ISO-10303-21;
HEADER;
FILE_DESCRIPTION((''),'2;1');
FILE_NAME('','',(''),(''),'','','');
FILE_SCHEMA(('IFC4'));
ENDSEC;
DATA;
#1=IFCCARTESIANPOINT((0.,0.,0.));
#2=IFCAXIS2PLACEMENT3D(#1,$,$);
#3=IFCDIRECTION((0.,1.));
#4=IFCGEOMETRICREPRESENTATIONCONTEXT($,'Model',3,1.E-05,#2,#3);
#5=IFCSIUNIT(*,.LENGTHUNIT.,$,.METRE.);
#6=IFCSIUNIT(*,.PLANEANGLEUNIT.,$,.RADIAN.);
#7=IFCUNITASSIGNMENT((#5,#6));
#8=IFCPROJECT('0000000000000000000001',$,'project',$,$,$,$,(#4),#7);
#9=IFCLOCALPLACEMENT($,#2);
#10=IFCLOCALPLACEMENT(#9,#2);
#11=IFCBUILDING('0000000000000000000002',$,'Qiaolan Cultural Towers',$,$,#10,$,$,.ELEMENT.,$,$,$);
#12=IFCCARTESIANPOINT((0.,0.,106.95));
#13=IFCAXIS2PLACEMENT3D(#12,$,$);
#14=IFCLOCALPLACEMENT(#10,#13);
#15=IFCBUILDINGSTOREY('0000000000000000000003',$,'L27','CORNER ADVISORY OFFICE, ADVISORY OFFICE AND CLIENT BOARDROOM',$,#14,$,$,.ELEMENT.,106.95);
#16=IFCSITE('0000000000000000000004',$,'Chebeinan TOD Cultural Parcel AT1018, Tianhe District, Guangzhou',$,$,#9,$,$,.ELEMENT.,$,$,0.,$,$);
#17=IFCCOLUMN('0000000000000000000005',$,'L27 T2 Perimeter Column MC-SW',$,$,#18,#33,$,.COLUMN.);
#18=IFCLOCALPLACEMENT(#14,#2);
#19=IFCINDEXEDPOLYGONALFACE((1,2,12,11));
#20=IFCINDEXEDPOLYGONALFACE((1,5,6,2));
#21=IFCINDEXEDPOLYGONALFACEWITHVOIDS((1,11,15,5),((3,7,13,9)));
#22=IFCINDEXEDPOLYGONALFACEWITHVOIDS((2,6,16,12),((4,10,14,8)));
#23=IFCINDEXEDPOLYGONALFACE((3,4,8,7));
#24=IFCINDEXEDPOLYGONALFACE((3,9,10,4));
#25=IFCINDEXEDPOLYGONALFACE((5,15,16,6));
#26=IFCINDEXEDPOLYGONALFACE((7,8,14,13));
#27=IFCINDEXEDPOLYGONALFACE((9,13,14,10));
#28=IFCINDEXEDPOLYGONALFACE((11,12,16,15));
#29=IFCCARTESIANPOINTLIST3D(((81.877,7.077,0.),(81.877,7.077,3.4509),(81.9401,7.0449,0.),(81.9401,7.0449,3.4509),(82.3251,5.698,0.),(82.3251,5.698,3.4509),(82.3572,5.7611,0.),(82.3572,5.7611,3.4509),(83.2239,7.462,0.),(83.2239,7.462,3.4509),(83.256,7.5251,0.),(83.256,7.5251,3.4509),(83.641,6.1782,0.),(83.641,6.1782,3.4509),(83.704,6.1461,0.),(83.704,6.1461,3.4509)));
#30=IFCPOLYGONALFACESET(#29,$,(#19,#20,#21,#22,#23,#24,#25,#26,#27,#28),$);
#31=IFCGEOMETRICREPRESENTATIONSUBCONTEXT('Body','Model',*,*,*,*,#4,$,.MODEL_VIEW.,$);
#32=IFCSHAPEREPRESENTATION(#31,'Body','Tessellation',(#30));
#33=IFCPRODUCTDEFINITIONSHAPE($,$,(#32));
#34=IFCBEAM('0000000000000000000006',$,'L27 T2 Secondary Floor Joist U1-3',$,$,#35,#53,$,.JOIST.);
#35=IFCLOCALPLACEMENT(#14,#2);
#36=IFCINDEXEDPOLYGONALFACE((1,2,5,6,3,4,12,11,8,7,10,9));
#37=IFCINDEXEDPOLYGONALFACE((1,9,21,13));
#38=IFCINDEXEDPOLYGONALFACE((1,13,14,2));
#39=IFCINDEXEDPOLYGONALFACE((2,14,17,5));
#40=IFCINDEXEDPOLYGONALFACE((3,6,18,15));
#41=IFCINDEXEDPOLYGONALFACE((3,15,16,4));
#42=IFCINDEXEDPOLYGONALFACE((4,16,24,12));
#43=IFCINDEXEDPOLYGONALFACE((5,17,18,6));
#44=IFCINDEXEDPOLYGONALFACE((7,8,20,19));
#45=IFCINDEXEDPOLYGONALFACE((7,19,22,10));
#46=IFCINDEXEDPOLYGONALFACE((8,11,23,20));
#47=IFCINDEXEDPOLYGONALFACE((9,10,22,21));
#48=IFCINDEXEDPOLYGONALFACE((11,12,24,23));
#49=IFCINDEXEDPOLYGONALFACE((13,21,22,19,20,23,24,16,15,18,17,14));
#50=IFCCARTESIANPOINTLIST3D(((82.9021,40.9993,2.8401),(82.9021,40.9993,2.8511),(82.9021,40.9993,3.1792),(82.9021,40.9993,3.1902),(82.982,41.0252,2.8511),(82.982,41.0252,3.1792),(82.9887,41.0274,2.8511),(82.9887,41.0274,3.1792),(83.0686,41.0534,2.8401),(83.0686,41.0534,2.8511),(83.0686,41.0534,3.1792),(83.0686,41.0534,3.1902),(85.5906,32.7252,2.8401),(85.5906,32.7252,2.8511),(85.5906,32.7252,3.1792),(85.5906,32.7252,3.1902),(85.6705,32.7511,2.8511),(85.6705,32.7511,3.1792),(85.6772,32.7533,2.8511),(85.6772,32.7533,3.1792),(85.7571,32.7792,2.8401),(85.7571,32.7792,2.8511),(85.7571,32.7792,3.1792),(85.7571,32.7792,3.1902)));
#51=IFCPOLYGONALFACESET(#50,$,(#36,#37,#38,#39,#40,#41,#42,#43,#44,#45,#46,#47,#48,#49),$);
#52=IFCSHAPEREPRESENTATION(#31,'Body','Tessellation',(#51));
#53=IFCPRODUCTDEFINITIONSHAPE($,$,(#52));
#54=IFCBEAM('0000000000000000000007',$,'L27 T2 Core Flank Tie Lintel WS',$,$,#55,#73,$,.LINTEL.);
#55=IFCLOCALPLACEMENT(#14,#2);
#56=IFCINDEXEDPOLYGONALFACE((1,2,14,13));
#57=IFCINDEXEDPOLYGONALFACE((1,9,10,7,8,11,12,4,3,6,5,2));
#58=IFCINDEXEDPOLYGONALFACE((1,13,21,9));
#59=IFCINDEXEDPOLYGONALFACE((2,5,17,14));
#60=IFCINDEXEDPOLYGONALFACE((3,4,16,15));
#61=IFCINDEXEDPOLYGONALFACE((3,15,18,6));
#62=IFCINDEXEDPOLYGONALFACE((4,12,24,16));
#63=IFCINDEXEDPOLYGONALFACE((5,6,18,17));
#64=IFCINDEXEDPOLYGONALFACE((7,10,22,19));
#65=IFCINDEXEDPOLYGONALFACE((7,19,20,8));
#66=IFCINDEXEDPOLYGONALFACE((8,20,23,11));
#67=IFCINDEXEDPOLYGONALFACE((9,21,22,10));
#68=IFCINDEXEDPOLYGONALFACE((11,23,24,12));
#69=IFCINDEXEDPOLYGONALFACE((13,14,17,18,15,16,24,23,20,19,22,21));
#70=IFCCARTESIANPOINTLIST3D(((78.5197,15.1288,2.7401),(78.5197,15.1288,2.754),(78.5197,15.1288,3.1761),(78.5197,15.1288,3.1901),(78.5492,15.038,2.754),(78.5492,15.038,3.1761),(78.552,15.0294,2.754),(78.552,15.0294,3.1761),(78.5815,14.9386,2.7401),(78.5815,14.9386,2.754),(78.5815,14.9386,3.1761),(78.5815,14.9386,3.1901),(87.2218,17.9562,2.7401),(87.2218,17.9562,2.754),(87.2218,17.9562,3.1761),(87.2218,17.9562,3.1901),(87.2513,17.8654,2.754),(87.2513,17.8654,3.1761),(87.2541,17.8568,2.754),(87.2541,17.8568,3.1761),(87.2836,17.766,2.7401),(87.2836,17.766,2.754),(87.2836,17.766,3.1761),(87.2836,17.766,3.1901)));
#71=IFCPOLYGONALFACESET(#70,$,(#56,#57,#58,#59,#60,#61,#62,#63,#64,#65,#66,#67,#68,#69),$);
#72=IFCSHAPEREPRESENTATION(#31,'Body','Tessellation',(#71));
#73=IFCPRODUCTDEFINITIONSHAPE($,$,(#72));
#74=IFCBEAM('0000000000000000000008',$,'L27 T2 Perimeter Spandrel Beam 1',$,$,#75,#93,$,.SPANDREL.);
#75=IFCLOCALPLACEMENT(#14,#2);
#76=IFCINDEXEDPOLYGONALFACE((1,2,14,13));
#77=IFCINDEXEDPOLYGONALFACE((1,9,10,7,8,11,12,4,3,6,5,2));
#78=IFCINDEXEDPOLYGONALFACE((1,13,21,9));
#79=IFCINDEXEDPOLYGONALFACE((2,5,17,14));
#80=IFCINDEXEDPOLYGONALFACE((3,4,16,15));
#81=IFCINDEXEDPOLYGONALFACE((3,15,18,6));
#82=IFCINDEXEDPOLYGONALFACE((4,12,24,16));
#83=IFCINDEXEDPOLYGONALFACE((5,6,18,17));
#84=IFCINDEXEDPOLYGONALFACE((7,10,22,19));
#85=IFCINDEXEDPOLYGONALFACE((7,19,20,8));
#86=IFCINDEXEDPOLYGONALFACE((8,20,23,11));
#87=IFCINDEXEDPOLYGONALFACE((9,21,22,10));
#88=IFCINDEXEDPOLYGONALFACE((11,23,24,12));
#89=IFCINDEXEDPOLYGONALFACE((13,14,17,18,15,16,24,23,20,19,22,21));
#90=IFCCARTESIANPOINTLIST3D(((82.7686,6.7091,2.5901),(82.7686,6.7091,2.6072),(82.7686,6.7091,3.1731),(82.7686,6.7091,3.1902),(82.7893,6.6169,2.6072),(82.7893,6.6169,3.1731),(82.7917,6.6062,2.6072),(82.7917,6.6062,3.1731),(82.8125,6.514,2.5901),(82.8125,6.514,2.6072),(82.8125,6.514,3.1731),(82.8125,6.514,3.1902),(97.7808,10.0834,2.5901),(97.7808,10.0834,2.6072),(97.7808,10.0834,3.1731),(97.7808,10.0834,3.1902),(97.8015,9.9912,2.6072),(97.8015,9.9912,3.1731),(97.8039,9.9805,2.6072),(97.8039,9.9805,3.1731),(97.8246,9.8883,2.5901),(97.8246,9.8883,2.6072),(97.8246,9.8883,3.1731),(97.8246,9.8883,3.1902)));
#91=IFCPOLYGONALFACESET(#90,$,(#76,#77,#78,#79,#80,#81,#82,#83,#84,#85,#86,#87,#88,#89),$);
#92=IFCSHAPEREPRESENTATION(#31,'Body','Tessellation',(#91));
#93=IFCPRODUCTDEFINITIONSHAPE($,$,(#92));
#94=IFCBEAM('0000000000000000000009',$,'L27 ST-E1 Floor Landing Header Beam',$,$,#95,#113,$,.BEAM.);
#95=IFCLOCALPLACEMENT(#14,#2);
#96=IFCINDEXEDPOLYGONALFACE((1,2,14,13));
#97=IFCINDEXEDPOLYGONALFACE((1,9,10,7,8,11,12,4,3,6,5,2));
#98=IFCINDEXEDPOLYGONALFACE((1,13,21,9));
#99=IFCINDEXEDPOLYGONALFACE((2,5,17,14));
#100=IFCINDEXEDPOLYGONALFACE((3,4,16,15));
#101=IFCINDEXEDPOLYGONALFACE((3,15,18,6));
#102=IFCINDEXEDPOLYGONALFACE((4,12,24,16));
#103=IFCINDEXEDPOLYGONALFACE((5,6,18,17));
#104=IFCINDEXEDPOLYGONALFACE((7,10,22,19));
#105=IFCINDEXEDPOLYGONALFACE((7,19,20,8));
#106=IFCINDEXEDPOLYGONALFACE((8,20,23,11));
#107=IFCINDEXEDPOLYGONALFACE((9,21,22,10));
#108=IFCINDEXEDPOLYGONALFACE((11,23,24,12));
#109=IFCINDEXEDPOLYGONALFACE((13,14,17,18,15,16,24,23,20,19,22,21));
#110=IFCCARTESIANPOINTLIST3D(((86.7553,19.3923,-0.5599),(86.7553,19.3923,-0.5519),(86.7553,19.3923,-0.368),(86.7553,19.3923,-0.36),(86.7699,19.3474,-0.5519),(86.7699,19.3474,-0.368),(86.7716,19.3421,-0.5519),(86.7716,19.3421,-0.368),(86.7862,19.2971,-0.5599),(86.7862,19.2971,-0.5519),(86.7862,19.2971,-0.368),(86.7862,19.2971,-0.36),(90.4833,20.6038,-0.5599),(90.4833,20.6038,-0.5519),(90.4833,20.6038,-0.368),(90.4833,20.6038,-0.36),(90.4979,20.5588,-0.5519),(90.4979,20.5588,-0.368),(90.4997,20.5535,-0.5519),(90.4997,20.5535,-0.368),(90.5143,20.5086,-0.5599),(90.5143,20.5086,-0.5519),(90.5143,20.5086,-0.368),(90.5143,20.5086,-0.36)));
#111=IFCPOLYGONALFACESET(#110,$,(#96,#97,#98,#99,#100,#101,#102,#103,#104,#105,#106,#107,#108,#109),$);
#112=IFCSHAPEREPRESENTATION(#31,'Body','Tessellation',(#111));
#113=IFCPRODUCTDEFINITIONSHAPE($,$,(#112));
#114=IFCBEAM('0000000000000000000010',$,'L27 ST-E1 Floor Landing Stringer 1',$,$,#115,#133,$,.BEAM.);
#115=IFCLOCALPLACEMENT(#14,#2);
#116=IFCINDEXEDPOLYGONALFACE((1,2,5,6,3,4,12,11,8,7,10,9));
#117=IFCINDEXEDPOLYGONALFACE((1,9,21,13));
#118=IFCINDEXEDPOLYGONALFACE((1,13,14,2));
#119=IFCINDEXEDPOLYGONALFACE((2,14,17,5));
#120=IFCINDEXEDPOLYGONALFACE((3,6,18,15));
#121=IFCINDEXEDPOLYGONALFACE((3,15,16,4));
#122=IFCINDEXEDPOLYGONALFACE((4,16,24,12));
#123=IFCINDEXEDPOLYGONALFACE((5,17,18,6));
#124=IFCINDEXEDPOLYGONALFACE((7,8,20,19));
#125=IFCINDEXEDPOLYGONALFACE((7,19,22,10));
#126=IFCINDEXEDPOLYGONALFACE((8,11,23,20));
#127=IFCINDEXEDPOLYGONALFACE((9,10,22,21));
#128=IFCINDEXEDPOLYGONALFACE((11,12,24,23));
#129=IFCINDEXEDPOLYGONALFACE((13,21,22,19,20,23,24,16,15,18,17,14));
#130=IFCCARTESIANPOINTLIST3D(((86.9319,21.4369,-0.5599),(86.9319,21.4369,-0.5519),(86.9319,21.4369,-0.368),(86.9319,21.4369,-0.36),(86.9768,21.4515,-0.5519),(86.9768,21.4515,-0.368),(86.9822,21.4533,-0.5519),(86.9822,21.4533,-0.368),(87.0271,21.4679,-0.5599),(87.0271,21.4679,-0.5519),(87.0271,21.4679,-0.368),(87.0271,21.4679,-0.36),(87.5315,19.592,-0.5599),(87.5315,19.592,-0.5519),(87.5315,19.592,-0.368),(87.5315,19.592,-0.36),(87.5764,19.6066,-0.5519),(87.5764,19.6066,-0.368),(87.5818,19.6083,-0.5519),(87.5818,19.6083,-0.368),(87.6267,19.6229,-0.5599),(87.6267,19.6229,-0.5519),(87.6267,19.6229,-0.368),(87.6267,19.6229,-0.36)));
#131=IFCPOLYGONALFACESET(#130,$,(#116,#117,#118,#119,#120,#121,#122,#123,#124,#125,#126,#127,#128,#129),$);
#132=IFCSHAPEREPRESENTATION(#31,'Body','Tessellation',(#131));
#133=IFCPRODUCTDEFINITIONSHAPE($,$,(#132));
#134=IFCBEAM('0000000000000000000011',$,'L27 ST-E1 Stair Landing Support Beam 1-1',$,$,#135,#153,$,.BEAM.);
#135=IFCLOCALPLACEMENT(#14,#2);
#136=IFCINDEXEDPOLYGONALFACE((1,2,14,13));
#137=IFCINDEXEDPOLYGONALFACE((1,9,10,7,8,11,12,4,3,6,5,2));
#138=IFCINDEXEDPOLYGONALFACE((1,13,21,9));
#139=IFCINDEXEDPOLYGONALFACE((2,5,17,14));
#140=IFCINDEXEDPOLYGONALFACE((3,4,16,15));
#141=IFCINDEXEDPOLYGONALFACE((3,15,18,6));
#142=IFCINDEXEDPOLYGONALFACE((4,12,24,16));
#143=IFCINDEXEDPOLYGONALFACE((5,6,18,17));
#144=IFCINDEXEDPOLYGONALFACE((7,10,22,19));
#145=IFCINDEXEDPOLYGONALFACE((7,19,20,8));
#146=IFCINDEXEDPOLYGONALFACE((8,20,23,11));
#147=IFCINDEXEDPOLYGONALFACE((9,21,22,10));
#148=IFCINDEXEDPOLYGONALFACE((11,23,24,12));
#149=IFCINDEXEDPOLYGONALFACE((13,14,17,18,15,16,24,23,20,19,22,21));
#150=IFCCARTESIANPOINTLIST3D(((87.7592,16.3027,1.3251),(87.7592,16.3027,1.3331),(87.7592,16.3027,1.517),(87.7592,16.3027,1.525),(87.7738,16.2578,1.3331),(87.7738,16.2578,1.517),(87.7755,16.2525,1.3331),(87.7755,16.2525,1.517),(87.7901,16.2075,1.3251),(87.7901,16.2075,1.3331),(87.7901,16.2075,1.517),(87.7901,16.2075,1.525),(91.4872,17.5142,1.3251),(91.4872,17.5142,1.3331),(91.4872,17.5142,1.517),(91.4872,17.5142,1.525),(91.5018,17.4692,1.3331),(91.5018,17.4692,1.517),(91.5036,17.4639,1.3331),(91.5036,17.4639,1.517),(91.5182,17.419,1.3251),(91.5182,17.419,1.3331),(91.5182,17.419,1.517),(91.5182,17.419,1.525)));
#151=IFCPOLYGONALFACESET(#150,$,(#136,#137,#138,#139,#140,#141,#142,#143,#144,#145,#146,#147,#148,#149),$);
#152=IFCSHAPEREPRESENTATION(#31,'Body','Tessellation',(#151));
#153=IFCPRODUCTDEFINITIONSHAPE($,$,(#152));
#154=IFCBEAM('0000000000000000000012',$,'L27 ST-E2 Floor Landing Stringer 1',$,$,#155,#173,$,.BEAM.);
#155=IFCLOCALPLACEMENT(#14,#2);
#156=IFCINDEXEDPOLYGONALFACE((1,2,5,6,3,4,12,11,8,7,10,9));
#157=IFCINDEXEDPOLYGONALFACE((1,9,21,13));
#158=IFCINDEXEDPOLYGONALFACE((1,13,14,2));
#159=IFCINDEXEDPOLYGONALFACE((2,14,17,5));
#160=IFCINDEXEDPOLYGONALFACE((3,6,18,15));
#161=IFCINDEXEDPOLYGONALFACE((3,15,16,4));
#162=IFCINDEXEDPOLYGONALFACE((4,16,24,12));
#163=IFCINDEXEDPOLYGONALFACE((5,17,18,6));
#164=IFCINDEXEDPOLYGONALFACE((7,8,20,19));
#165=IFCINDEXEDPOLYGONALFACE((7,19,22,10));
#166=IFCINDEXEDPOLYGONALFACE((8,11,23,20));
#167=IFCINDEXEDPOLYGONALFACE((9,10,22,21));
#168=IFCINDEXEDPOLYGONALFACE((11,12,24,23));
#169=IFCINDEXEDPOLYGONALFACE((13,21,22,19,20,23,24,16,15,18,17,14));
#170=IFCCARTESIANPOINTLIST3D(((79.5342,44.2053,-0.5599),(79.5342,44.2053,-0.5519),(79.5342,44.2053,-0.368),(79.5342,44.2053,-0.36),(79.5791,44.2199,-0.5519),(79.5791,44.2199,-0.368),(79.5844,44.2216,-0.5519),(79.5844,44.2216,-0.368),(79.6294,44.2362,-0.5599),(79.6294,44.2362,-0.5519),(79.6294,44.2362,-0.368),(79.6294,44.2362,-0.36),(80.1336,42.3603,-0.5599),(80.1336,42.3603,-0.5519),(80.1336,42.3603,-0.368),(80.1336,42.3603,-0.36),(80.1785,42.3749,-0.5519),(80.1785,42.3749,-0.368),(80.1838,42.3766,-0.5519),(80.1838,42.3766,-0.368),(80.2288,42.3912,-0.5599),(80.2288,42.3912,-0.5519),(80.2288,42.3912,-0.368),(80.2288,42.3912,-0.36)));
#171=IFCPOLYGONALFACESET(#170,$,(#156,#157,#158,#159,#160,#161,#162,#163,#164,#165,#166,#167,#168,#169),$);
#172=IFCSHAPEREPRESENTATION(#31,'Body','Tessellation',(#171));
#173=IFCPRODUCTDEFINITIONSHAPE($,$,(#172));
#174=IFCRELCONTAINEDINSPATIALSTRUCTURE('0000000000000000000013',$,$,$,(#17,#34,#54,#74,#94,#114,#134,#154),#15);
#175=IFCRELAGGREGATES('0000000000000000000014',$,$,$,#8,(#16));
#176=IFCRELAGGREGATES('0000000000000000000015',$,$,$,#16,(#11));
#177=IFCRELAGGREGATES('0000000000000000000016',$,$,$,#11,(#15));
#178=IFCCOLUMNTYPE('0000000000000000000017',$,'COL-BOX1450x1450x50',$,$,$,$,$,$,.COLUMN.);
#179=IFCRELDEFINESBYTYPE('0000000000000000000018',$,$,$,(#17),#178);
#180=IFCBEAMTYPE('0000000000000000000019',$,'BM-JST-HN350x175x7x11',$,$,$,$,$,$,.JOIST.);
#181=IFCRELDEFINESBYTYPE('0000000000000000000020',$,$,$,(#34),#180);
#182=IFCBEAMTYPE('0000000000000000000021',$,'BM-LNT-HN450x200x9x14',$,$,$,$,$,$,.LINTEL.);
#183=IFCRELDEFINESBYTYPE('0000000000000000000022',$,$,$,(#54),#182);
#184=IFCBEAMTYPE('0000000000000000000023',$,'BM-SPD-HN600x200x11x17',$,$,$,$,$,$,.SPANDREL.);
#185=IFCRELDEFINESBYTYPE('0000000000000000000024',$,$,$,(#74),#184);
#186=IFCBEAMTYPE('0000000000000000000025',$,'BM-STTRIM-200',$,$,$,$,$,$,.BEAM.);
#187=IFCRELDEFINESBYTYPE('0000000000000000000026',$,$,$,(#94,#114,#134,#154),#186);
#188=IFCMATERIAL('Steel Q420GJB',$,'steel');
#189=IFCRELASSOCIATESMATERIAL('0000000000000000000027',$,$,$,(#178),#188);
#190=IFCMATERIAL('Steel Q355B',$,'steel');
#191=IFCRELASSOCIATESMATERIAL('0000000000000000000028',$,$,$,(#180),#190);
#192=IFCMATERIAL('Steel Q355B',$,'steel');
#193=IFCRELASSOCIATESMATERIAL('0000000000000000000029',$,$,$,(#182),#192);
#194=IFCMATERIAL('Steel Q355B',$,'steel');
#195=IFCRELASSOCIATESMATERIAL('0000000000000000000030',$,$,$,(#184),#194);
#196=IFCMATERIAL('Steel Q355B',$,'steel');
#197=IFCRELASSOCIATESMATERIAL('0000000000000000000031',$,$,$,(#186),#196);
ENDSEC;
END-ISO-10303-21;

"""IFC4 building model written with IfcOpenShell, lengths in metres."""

from ifc_helpers import new_model, si_unit, direction, frame, origin, origin_2d, place, context, subcontext, project, spatial, hollow_rectangle, i_section, extrude, material, material_profile, profile_set, type_object, element, save


model = new_model("IFC4")

# Units and contexts
model_context = context("Model", 3, precision=1e-05, world=origin(), true_north=direction((0.0, 1.0)))
body_context = subcontext(model_context, "Body", "Model", "MODEL_VIEW")
ifc_project = project(units=[si_unit("LENGTHUNIT", "METRE"), si_unit("PLANEANGLEUNIT", "RADIAN")], contexts=[model_context])

# Site, building, storey
site_placement = place(None, origin())
site = spatial("IfcSite", under=ifc_project, at=site_placement, Name="Chebeinan TOD Cultural Parcel AT1018, Tianhe District, Guangzhou", CompositionType="ELEMENT", RefElevation=0.0)
building_placement = place(site_placement, origin())
building = spatial("IfcBuilding", under=site, at=building_placement, Name="Qiaolan Cultural Towers", CompositionType="ELEMENT")
storey_placement = place(building_placement, frame((0.0, 0.0, 106.95)))
storey = spatial("IfcBuildingStorey", under=building, at=storey_placement, Name="L27", Description="CORNER ADVISORY OFFICE, ADVISORY OFFICE AND CLIENT BOARDROOM", CompositionType="ELEMENT", Elevation=106.95)

# Column
ifc_material_1 = material(Name="Steel Q420GJB", Category="steel")
ifc_material_profile_1 = material_profile(ifc_material_1, hollow_rectangle(XDim=1.45, YDim=1.45, WallThickness=0.05, at=origin_2d()), Name="BOX1450x1450x50")
ifc_profile_set_1 = profile_set([ifc_material_profile_1], Name="Steel Q420GJB")
column_type = type_object("IfcColumnType", Name="COL-BOX1450x1450x50", PredefinedType="COLUMN", material=ifc_profile_set_1)
column_placement = place(storey_placement, frame((82.7905, 6.6116, 0.0), z_axis=(0.0, 0.0, 1.0), x_axis=(0.951057, 0.309017, 0.0)))
element("IfcColumn", 1, at=column_placement, inside=storey, type_object=column_type, Name="L27 T2 Perimeter Column MC-SW", PredefinedType="COLUMN", context=body_context, shape_type="SweptSolid", body=[
    extrude(hollow_rectangle(XDim=1.45, YDim=1.45, WallThickness=0.05, at=origin_2d()), origin(), (0.0, 0.0, 1.0), 3.4509),
])

# Beams
ifc_material_2 = material(Name="Steel Q355B", Category="steel")
ifc_material_profile_2 = material_profile(ifc_material_2, i_section(OverallWidth=0.175, OverallDepth=0.3501, WebThickness=0.0071, FlangeThickness=0.011, at=origin_2d()), Name="HN350x175x7x11")
ifc_profile_set_2 = profile_set([ifc_material_profile_2], Name="Steel Q355B")
beam_type_1 = type_object("IfcBeamType", Name="BM-JST-HN350x175x7x11", PredefinedType="JOIST", material=ifc_profile_set_2)
beam_1_placement = place(storey_placement, frame((85.6738, 32.7522, 3.0151), z_axis=(-0.309021, 0.951055, 0.0), x_axis=(-0.951055, -0.309021, 0.0)))
element("IfcBeam", 2, at=beam_1_placement, inside=storey, type_object=beam_type_1, Name="L27 T2 Secondary Floor Joist U1-3", PredefinedType="JOIST", context=body_context, shape_type="SweptSolid", body=[
    extrude(i_section(OverallWidth=0.175, OverallDepth=0.3501, WebThickness=0.0071, FlangeThickness=0.011, at=origin_2d()), origin(), (0.0, 0.0, 1.0), 8.7),
])
ifc_material_3 = material(Name="Steel Q355B", Category="steel")
ifc_material_profile_3 = material_profile(ifc_material_3, i_section(OverallWidth=0.2, OverallDepth=0.45, WebThickness=0.009, FlangeThickness=0.0139, at=origin_2d()), Name="HN450x200x9x14")
ifc_profile_set_3 = profile_set([ifc_material_profile_3], Name="Steel Q355B")
beam_type_2 = type_object("IfcBeamType", Name="BM-LNT-HN450x200x9x14", PredefinedType="LINTEL", material=ifc_profile_set_3)
beam_2_placement = place(storey_placement, frame((87.2527, 17.8611, 2.9651), z_axis=(-0.95106, -0.309006, 0.0), x_axis=(0.309006, -0.95106, 0.0)))
element("IfcBeam", 3, at=beam_2_placement, inside=storey, type_object=beam_type_2, Name="L27 T2 Core Flank Tie Lintel WS", PredefinedType="LINTEL", context=body_context, shape_type="SweptSolid", body=[
    extrude(i_section(OverallWidth=0.2, OverallDepth=0.45, WebThickness=0.009, FlangeThickness=0.0139, at=origin_2d()), origin(), (0.0, 0.0, 1.0), 9.1499),
])
ifc_material_4 = material(Name="Steel Q355B", Category="steel")
ifc_material_profile_4 = material_profile(ifc_material_4, i_section(OverallWidth=0.2, OverallDepth=0.6001, WebThickness=0.011, FlangeThickness=0.0171, at=origin_2d()), Name="HN600x200x11x17")
ifc_profile_set_4 = profile_set([ifc_material_profile_4], Name="Steel Q355B")
beam_type_3 = type_object("IfcBeamType", Name="BM-SPD-HN600x200x11x17", PredefinedType="SPANDREL", material=ifc_profile_set_4)
beam_3_placement = place(storey_placement, frame((82.7905, 6.6116, 2.8901), z_axis=(0.975658, 0.219297, 0.0), x_axis=(-0.219297, 0.975658, 0.0)))
element("IfcBeam", 4, at=beam_3_placement, inside=storey, type_object=beam_type_3, Name="L27 T2 Perimeter Spandrel Beam 1", PredefinedType="SPANDREL", context=body_context, shape_type="SweptSolid", body=[
    extrude(i_section(OverallWidth=0.2, OverallDepth=0.6001, WebThickness=0.011, FlangeThickness=0.0171, at=origin_2d()), origin(), (0.0, 0.0, 1.0), 15.3867),
])
ifc_material_5 = material(Name="Steel Q355B", Category="steel")
ifc_material_profile_5 = material_profile(ifc_material_5, i_section(OverallWidth=0.1001, OverallDepth=0.2, WebThickness=0.0056, FlangeThickness=0.0081, at=origin_2d()), Name="HN200x100x5.5x8")
ifc_profile_set_5 = profile_set([ifc_material_profile_5], Name="Steel Q355B")
beam_type_4 = type_object("IfcBeamType", Name="BM-STTRIM-200", PredefinedType="BEAM", material=ifc_profile_set_5)
beam_4_placement = place(storey_placement, frame((86.7708, 19.3447, -0.46), z_axis=(0.951048, 0.309044, 0.0), x_axis=(-0.309044, 0.951048, 0.0)))
element("IfcBeam", 5, at=beam_4_placement, inside=storey, type_object=beam_type_4, Name="L27 ST-E1 Floor Landing Header Beam", PredefinedType="BEAM", context=body_context, shape_type="SweptSolid", body=[
    extrude(i_section(OverallWidth=0.1001, OverallDepth=0.2, WebThickness=0.0056, FlangeThickness=0.0081, at=origin_2d()), origin(), (0.0, 0.0, 1.0), 3.9199),
])
beam_5_placement = place(storey_placement, frame((86.9795, 21.4524, -0.46), z_axis=(0.309083, -0.951035, 0.0), x_axis=(0.951035, 0.309083, 0.0)))
element("IfcBeam", 6, at=beam_5_placement, inside=storey, type_object=beam_type_4, Name="L27 ST-E1 Floor Landing Stringer 1", PredefinedType="BEAM", context=body_context, shape_type="SweptSolid", body=[
    extrude(i_section(OverallWidth=0.1001, OverallDepth=0.2, WebThickness=0.0056, FlangeThickness=0.0081, at=origin_2d()), origin(), (0.0, 0.0, 1.0), 1.9399),
])
beam_6_placement = place(storey_placement, frame((87.7747, 16.2551, 1.425), z_axis=(0.951048, 0.309044, 0.0), x_axis=(-0.309044, 0.951048, 0.0)))
element("IfcBeam", 7, at=beam_6_placement, inside=storey, type_object=beam_type_4, Name="L27 ST-E1 Stair Landing Support Beam 1-1", PredefinedType="BEAM", context=body_context, shape_type="SweptSolid", body=[
    extrude(i_section(OverallWidth=0.1001, OverallDepth=0.2, WebThickness=0.0056, FlangeThickness=0.0081, at=origin_2d()), origin(), (0.0, 0.0, 1.0), 3.9199),
])
for number, where, z_axis, x_axis, name in (
    (8, (80.1812, 42.3757, -0.46), (-0.308969, 0.951072, 0.0), (-0.951072, -0.308969, 0.0), "L27 ST-E2 Floor Landing Stringer 1"),
):
    element("IfcBeam", number, at=place(storey_placement, frame(where, z_axis=z_axis, x_axis=x_axis)), inside=storey, type_object=beam_type_4, Name=name, PredefinedType="BEAM", context=body_context, shape_type="SweptSolid", body=[
        extrude(i_section(OverallWidth=0.1001, OverallDepth=0.2, WebThickness=0.0056, FlangeThickness=0.0081, at=origin_2d()), origin(), (0.0, 0.0, 1.0), 1.9399),
    ])

save(model, "model.ifc")
